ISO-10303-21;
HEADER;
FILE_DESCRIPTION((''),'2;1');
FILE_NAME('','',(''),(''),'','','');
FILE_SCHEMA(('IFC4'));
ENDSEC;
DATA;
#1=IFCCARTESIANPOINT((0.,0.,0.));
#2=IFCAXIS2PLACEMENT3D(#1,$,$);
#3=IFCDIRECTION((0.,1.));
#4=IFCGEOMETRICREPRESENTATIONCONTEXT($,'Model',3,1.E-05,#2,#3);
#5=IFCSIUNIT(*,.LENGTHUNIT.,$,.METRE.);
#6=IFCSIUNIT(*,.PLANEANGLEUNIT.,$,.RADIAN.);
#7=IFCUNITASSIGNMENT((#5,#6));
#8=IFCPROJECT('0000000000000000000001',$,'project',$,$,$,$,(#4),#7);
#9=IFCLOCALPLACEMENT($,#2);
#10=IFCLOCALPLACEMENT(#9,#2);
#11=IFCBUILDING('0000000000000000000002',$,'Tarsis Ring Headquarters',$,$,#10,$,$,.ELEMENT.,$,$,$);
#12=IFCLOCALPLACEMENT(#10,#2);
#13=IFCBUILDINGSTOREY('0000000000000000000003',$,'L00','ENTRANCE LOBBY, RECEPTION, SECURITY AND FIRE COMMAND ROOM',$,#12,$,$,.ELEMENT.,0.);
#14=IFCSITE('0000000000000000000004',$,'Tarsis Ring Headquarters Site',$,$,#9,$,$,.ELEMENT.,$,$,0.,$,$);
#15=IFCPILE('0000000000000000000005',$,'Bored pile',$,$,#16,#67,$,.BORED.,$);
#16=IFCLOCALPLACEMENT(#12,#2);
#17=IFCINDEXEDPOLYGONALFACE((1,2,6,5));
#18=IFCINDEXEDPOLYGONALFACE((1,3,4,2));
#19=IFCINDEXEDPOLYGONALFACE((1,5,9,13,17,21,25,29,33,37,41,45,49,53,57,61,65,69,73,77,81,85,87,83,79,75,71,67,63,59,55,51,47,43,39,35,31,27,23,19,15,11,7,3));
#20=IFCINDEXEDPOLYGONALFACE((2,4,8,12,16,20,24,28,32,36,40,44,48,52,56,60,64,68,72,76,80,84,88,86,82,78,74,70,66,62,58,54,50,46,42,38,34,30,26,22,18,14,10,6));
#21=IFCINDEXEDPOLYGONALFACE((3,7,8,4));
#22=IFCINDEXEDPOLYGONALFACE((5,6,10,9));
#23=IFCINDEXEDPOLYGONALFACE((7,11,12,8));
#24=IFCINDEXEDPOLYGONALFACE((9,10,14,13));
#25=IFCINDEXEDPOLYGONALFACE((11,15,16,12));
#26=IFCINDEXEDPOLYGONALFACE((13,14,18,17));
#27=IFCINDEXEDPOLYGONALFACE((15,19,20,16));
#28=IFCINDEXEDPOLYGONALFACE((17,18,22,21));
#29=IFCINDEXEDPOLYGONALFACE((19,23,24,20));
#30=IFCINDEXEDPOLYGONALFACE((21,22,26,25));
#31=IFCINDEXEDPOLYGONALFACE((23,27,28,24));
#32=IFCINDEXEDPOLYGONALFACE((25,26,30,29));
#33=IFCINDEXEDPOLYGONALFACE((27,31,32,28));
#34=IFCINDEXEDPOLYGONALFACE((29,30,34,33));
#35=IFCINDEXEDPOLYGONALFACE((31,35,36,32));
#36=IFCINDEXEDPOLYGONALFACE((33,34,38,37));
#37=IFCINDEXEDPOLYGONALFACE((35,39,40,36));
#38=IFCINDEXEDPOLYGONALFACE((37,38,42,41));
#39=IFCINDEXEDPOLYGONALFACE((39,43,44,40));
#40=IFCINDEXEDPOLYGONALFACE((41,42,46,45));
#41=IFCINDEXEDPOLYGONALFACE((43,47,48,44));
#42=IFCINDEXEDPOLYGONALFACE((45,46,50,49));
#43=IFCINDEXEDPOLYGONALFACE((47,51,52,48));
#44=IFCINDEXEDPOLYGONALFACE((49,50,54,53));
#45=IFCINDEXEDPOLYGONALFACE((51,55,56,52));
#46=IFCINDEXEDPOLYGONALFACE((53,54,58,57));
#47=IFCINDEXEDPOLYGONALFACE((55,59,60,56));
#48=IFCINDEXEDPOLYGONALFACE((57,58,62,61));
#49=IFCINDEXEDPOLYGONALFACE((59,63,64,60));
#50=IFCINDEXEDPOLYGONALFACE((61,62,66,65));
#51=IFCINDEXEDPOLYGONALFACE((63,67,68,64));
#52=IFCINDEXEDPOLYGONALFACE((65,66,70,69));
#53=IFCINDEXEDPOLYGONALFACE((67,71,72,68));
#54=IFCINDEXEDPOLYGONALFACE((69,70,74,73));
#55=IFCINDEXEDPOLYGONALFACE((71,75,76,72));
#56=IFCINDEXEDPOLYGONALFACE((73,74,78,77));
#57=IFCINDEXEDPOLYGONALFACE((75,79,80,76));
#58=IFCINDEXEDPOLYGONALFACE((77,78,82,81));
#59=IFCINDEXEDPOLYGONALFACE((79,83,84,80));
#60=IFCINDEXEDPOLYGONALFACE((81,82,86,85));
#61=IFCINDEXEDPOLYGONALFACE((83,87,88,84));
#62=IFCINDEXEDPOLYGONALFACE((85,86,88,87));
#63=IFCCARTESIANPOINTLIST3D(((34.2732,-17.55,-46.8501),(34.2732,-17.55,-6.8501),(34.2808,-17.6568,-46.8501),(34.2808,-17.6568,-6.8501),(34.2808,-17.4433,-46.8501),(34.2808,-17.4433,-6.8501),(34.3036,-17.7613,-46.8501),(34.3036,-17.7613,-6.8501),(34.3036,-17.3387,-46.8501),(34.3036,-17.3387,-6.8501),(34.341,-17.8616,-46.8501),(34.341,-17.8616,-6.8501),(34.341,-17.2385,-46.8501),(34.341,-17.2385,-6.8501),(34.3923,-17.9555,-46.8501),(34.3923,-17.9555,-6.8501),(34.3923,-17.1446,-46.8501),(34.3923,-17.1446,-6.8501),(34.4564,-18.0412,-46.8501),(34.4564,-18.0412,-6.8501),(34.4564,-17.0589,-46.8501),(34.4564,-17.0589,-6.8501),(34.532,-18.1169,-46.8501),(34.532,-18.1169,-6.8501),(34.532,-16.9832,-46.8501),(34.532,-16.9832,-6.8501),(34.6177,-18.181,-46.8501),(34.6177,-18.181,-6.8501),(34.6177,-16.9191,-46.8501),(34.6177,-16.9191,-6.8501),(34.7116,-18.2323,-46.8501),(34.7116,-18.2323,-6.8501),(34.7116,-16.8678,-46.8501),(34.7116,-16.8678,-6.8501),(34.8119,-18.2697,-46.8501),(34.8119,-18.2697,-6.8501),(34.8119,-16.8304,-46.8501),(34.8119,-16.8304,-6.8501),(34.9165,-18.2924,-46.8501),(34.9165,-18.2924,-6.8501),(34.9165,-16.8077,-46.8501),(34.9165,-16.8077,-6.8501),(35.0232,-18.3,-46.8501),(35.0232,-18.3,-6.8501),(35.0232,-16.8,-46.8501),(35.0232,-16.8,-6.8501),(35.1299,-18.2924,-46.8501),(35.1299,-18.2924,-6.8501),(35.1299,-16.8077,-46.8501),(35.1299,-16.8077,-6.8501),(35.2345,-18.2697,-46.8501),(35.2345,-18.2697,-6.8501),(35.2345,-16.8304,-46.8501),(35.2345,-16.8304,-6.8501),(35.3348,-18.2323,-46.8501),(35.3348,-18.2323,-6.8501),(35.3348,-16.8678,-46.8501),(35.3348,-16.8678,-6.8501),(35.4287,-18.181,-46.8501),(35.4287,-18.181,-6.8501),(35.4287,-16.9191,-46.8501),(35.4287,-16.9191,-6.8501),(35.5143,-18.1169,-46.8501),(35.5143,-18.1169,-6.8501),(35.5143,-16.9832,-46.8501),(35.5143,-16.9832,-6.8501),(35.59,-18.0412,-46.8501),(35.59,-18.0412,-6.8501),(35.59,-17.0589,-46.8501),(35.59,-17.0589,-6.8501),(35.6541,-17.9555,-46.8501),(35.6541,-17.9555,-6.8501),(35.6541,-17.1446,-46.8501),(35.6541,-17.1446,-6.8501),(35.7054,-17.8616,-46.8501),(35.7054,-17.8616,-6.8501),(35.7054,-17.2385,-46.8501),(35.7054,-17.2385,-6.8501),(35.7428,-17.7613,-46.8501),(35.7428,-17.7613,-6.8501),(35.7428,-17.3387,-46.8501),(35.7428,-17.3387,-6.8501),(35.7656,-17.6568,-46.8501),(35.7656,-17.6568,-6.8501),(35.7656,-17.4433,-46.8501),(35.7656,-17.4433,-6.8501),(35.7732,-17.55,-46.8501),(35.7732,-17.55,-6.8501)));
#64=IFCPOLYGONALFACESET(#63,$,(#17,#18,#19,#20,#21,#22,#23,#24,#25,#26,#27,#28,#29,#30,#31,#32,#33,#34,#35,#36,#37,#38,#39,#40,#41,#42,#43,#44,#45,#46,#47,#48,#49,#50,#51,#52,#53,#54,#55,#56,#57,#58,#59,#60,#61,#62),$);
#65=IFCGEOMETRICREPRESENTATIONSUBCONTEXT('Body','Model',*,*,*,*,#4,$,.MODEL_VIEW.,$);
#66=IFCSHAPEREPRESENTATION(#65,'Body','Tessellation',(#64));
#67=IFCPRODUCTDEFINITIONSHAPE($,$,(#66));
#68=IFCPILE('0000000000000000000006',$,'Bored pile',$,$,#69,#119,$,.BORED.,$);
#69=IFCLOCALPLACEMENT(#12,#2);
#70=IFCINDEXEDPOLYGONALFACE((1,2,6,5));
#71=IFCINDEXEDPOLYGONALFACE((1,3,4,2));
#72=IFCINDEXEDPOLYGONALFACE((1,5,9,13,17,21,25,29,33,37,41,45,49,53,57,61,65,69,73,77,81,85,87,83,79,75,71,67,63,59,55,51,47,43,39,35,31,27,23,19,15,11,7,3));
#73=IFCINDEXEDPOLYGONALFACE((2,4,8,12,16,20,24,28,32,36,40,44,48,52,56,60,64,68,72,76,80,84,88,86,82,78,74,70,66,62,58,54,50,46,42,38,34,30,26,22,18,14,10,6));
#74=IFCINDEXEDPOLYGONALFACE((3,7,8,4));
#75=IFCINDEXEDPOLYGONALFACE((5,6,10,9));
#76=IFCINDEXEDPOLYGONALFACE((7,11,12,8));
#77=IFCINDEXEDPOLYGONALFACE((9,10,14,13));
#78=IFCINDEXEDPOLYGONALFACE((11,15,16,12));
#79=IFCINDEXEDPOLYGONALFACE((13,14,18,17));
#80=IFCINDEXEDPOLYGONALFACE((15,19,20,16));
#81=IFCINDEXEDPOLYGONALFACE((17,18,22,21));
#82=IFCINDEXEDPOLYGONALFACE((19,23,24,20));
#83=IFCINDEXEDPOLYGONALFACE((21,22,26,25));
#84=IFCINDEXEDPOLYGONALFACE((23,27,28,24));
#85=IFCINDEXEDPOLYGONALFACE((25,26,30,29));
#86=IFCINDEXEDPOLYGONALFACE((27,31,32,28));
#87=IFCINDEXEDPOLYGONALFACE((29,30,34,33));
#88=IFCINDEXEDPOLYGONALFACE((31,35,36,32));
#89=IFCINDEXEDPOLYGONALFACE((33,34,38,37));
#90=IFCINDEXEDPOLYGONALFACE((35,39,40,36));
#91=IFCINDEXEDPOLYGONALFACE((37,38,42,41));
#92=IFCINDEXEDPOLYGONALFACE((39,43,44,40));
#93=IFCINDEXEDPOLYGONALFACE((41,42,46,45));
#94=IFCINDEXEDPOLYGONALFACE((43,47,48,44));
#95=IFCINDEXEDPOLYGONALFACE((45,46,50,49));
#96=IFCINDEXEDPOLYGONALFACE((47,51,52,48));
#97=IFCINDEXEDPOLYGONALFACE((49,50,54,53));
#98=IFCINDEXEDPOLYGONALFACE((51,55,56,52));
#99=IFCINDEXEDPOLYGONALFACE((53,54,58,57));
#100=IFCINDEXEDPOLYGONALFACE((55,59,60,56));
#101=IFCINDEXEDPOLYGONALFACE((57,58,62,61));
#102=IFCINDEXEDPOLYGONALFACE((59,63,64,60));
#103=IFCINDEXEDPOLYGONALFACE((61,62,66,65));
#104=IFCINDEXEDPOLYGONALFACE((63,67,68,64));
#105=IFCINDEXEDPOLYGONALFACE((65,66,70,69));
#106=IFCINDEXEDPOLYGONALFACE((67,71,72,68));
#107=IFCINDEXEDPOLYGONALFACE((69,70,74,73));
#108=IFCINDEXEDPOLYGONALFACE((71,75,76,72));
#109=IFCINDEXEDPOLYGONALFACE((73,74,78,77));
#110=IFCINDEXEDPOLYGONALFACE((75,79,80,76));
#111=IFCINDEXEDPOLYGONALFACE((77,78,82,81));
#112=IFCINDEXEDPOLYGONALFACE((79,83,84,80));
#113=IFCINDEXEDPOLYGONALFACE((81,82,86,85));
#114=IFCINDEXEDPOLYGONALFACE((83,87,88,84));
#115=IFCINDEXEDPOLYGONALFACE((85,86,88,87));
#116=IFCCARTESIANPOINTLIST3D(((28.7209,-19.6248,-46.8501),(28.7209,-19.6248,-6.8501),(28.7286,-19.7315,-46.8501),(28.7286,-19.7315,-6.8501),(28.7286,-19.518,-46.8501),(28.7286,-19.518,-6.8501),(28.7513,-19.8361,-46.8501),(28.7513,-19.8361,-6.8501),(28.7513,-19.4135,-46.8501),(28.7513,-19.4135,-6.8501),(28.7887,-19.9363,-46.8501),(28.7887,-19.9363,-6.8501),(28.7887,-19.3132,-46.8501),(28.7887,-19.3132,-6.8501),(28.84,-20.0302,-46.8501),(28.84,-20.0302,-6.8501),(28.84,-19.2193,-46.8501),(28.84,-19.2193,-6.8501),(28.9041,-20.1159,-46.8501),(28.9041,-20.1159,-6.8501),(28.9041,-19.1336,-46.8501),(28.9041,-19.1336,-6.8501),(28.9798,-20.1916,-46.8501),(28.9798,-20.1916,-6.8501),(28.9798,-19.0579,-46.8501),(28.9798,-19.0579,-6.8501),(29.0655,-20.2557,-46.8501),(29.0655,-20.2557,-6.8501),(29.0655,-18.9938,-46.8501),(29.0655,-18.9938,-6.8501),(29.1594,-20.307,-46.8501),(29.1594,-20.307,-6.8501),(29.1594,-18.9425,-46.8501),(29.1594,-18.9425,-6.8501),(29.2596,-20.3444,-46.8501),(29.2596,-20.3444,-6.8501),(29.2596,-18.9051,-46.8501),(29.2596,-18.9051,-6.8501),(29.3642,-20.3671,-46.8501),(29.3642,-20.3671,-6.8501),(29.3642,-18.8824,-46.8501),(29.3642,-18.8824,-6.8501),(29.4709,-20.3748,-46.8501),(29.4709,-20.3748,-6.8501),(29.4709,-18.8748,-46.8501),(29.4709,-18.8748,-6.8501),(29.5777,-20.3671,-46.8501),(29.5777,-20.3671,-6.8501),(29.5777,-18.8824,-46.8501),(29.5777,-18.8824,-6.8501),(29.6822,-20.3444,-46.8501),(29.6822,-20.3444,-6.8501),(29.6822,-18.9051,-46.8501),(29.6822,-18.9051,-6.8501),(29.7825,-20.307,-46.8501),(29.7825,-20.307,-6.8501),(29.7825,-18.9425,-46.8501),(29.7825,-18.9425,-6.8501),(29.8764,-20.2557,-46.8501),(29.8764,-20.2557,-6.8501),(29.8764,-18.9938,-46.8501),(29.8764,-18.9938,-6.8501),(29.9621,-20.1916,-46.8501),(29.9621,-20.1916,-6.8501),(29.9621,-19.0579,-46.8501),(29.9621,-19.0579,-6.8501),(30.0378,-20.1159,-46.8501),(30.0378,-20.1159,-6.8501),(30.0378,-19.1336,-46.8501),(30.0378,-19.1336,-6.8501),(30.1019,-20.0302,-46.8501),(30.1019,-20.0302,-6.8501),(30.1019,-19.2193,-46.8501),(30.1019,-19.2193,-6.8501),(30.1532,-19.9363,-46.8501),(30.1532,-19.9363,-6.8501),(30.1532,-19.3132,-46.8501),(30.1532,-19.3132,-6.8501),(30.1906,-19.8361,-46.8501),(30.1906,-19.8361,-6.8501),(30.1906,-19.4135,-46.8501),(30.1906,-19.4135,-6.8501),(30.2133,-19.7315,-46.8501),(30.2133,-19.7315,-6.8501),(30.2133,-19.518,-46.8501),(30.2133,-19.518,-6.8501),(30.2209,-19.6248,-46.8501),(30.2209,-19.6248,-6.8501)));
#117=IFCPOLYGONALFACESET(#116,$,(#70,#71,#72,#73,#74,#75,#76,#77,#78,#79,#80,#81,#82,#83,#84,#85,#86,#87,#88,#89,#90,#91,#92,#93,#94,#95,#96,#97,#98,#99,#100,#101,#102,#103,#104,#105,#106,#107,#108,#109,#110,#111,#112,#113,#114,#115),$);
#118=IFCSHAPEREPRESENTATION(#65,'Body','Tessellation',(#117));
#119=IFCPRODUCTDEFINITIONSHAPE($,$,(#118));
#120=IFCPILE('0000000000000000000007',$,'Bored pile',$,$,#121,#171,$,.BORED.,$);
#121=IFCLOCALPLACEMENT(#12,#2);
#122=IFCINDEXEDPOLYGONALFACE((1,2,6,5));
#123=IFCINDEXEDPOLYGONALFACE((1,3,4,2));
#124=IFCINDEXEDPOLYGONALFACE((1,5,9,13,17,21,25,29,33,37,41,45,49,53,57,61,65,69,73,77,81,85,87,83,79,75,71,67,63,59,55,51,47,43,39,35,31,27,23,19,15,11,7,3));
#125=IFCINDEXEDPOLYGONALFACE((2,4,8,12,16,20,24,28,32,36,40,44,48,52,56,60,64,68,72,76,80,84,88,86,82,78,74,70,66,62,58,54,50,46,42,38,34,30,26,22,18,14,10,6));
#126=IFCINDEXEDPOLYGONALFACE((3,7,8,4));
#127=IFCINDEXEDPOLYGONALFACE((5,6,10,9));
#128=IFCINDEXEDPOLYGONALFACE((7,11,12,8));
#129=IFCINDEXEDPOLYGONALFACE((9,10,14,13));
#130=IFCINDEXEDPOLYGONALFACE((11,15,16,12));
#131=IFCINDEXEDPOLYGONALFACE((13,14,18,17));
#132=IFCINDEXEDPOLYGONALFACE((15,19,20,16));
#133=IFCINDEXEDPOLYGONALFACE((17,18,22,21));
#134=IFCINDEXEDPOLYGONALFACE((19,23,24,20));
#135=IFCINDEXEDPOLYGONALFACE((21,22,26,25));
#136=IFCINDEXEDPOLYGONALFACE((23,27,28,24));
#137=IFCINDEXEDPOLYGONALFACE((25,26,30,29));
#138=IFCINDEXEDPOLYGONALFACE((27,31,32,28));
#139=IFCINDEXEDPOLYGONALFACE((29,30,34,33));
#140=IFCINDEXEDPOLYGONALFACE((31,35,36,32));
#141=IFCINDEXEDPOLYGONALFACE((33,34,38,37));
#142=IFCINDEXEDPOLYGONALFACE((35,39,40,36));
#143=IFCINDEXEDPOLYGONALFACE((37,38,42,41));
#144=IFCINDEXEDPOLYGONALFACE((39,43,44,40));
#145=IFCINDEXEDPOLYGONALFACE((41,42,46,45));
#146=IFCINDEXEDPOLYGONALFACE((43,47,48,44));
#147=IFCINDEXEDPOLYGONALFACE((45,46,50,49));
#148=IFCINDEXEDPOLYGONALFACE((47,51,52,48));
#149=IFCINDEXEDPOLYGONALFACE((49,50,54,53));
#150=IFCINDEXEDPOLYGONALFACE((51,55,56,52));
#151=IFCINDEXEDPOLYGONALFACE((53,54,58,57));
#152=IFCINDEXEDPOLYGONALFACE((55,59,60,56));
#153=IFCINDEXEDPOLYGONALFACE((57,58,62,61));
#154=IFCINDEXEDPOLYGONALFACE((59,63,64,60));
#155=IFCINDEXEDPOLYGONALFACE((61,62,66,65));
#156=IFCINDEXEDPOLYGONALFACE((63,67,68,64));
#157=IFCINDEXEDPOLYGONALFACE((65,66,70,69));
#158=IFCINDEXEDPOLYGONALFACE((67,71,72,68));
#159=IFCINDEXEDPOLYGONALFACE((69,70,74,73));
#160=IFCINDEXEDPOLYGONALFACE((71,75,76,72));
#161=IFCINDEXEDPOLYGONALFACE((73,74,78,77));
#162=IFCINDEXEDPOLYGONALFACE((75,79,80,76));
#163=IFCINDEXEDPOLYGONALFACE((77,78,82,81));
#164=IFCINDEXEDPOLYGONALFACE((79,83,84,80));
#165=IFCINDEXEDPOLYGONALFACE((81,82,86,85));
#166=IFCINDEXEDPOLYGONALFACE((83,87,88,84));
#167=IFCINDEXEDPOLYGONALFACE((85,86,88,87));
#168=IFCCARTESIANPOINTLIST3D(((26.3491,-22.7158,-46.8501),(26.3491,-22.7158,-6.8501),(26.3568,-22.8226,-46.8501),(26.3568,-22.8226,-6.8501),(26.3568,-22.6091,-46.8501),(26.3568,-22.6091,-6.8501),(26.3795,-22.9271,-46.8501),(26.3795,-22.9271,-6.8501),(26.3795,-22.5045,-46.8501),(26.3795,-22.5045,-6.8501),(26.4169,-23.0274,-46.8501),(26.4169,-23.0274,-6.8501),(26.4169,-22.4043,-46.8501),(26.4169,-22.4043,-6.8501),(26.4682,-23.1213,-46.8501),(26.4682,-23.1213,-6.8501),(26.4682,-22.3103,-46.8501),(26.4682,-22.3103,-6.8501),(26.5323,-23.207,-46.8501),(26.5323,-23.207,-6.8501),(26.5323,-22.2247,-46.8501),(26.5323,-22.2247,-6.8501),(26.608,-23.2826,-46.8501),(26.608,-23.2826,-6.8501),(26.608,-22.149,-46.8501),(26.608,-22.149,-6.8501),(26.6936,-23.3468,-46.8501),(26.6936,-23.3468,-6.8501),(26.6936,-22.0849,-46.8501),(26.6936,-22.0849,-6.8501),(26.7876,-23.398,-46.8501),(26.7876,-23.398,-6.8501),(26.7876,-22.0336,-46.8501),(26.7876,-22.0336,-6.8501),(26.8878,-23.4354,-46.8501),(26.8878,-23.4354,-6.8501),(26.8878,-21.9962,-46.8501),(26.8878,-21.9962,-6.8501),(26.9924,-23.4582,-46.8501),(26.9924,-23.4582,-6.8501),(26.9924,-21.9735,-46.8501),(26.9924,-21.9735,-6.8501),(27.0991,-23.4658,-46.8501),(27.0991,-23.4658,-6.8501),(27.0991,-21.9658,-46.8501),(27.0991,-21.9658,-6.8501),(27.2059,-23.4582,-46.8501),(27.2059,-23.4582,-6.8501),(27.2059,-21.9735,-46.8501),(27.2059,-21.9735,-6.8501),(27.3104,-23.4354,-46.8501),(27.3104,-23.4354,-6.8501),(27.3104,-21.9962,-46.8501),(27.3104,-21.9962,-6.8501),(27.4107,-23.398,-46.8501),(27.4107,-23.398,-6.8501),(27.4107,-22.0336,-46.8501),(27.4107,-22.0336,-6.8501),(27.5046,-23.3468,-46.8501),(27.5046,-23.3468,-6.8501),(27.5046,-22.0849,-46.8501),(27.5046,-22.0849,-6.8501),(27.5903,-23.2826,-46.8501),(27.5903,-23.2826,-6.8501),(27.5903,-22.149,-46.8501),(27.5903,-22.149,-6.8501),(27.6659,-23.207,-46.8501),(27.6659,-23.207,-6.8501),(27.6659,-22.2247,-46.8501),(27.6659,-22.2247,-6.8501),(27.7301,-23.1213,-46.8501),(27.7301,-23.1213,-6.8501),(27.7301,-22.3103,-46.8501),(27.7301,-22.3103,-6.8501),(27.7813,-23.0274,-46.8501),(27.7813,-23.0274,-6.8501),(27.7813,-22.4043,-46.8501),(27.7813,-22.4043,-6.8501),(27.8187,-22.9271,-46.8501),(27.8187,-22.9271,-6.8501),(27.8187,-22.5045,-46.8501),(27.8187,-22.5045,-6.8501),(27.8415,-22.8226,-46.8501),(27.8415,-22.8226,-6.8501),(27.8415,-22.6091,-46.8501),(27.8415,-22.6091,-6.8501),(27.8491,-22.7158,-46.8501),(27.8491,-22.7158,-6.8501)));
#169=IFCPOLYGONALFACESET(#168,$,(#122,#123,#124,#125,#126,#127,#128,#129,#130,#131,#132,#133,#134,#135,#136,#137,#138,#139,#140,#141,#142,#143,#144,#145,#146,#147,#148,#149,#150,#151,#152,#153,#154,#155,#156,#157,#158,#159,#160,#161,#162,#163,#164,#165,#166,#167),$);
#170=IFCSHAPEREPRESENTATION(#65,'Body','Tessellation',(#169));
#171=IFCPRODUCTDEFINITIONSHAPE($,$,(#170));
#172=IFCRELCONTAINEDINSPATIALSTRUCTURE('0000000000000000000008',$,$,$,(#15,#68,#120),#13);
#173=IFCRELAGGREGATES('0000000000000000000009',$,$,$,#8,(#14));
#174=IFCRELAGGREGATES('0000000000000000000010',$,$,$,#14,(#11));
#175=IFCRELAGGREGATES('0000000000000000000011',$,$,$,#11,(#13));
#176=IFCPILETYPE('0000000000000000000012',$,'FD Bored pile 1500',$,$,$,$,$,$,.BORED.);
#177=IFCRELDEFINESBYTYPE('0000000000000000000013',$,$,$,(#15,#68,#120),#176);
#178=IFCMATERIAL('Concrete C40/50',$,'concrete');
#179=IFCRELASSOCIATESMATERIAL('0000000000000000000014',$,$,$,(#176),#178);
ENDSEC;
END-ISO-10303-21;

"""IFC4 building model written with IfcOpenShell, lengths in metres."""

from ifc_helpers import new_model, si_unit, direction, frame, origin, origin_2d, place, context, subcontext, project, spatial, circle, extrude, material, material_profile, profile_set, type_object, element, save


model = new_model("IFC4")

# Units and contexts
model_context = context("Model", 3, precision=1e-05, world=origin(), true_north=direction((0.0, 1.0)))
body_context = subcontext(model_context, "Body", "Model", "MODEL_VIEW")
ifc_project = project(units=[si_unit("LENGTHUNIT", "METRE"), si_unit("PLANEANGLEUNIT", "RADIAN")], contexts=[model_context])

# Site, building, storey
site_placement = place(None, origin())
site = spatial("IfcSite", under=ifc_project, at=site_placement, Name="Tarsis Ring Headquarters Site", CompositionType="ELEMENT", RefElevation=0.0)
building_placement = place(site_placement, origin())
building = spatial("IfcBuilding", under=site, at=building_placement, Name="Tarsis Ring Headquarters", CompositionType="ELEMENT")
storey_placement = place(building_placement, origin())
storey = spatial("IfcBuildingStorey", under=building, at=storey_placement, Name="L00", Description="ENTRANCE LOBBY, RECEPTION, SECURITY AND FIRE COMMAND ROOM", CompositionType="ELEMENT", Elevation=0.0)

# Piles
ifc_material_1 = material(Name="Concrete C40/50", Category="concrete")
ifc_material_profile_1 = material_profile(ifc_material_1, circle(Radius=0.75, at=origin_2d()), Name="BORED 1500")
ifc_profile_set_1 = profile_set([ifc_material_profile_1], Name="Concrete C40/50")
pile_type_1 = type_object("IfcPileType", Name="FD Bored pile 1500", PredefinedType="BORED", material=ifc_profile_set_1)
for number, where, z_axis, x_axis, name in (
    (1, (35.0232, -17.55, -6.8501), (0.0, 0.0, -1.0), (1.0, 0.0, 0.0), "Bored pile"),
    (2, (29.4709, -19.6248, -6.8501), (0.0, 0.0, -1.0), (1.0, 0.0, 0.0), "Bored pile"),
    (3, (27.0991, -22.7158, -6.8501), (0.0, 0.0, -1.0), (1.0, 0.0, 0.0), "Bored pile"),
):
    element("IfcPile", number, at=place(storey_placement, frame(where, z_axis=z_axis, x_axis=x_axis)), inside=storey, type_object=pile_type_1, Name=name, PredefinedType="BORED", context=body_context, shape_type="SweptSolid", body=[
        extrude(circle(Radius=0.75, at=origin_2d()), origin(), (0.0, 0.0, 1.0), 40.0),
    ])

save(model, "model.ifc")
